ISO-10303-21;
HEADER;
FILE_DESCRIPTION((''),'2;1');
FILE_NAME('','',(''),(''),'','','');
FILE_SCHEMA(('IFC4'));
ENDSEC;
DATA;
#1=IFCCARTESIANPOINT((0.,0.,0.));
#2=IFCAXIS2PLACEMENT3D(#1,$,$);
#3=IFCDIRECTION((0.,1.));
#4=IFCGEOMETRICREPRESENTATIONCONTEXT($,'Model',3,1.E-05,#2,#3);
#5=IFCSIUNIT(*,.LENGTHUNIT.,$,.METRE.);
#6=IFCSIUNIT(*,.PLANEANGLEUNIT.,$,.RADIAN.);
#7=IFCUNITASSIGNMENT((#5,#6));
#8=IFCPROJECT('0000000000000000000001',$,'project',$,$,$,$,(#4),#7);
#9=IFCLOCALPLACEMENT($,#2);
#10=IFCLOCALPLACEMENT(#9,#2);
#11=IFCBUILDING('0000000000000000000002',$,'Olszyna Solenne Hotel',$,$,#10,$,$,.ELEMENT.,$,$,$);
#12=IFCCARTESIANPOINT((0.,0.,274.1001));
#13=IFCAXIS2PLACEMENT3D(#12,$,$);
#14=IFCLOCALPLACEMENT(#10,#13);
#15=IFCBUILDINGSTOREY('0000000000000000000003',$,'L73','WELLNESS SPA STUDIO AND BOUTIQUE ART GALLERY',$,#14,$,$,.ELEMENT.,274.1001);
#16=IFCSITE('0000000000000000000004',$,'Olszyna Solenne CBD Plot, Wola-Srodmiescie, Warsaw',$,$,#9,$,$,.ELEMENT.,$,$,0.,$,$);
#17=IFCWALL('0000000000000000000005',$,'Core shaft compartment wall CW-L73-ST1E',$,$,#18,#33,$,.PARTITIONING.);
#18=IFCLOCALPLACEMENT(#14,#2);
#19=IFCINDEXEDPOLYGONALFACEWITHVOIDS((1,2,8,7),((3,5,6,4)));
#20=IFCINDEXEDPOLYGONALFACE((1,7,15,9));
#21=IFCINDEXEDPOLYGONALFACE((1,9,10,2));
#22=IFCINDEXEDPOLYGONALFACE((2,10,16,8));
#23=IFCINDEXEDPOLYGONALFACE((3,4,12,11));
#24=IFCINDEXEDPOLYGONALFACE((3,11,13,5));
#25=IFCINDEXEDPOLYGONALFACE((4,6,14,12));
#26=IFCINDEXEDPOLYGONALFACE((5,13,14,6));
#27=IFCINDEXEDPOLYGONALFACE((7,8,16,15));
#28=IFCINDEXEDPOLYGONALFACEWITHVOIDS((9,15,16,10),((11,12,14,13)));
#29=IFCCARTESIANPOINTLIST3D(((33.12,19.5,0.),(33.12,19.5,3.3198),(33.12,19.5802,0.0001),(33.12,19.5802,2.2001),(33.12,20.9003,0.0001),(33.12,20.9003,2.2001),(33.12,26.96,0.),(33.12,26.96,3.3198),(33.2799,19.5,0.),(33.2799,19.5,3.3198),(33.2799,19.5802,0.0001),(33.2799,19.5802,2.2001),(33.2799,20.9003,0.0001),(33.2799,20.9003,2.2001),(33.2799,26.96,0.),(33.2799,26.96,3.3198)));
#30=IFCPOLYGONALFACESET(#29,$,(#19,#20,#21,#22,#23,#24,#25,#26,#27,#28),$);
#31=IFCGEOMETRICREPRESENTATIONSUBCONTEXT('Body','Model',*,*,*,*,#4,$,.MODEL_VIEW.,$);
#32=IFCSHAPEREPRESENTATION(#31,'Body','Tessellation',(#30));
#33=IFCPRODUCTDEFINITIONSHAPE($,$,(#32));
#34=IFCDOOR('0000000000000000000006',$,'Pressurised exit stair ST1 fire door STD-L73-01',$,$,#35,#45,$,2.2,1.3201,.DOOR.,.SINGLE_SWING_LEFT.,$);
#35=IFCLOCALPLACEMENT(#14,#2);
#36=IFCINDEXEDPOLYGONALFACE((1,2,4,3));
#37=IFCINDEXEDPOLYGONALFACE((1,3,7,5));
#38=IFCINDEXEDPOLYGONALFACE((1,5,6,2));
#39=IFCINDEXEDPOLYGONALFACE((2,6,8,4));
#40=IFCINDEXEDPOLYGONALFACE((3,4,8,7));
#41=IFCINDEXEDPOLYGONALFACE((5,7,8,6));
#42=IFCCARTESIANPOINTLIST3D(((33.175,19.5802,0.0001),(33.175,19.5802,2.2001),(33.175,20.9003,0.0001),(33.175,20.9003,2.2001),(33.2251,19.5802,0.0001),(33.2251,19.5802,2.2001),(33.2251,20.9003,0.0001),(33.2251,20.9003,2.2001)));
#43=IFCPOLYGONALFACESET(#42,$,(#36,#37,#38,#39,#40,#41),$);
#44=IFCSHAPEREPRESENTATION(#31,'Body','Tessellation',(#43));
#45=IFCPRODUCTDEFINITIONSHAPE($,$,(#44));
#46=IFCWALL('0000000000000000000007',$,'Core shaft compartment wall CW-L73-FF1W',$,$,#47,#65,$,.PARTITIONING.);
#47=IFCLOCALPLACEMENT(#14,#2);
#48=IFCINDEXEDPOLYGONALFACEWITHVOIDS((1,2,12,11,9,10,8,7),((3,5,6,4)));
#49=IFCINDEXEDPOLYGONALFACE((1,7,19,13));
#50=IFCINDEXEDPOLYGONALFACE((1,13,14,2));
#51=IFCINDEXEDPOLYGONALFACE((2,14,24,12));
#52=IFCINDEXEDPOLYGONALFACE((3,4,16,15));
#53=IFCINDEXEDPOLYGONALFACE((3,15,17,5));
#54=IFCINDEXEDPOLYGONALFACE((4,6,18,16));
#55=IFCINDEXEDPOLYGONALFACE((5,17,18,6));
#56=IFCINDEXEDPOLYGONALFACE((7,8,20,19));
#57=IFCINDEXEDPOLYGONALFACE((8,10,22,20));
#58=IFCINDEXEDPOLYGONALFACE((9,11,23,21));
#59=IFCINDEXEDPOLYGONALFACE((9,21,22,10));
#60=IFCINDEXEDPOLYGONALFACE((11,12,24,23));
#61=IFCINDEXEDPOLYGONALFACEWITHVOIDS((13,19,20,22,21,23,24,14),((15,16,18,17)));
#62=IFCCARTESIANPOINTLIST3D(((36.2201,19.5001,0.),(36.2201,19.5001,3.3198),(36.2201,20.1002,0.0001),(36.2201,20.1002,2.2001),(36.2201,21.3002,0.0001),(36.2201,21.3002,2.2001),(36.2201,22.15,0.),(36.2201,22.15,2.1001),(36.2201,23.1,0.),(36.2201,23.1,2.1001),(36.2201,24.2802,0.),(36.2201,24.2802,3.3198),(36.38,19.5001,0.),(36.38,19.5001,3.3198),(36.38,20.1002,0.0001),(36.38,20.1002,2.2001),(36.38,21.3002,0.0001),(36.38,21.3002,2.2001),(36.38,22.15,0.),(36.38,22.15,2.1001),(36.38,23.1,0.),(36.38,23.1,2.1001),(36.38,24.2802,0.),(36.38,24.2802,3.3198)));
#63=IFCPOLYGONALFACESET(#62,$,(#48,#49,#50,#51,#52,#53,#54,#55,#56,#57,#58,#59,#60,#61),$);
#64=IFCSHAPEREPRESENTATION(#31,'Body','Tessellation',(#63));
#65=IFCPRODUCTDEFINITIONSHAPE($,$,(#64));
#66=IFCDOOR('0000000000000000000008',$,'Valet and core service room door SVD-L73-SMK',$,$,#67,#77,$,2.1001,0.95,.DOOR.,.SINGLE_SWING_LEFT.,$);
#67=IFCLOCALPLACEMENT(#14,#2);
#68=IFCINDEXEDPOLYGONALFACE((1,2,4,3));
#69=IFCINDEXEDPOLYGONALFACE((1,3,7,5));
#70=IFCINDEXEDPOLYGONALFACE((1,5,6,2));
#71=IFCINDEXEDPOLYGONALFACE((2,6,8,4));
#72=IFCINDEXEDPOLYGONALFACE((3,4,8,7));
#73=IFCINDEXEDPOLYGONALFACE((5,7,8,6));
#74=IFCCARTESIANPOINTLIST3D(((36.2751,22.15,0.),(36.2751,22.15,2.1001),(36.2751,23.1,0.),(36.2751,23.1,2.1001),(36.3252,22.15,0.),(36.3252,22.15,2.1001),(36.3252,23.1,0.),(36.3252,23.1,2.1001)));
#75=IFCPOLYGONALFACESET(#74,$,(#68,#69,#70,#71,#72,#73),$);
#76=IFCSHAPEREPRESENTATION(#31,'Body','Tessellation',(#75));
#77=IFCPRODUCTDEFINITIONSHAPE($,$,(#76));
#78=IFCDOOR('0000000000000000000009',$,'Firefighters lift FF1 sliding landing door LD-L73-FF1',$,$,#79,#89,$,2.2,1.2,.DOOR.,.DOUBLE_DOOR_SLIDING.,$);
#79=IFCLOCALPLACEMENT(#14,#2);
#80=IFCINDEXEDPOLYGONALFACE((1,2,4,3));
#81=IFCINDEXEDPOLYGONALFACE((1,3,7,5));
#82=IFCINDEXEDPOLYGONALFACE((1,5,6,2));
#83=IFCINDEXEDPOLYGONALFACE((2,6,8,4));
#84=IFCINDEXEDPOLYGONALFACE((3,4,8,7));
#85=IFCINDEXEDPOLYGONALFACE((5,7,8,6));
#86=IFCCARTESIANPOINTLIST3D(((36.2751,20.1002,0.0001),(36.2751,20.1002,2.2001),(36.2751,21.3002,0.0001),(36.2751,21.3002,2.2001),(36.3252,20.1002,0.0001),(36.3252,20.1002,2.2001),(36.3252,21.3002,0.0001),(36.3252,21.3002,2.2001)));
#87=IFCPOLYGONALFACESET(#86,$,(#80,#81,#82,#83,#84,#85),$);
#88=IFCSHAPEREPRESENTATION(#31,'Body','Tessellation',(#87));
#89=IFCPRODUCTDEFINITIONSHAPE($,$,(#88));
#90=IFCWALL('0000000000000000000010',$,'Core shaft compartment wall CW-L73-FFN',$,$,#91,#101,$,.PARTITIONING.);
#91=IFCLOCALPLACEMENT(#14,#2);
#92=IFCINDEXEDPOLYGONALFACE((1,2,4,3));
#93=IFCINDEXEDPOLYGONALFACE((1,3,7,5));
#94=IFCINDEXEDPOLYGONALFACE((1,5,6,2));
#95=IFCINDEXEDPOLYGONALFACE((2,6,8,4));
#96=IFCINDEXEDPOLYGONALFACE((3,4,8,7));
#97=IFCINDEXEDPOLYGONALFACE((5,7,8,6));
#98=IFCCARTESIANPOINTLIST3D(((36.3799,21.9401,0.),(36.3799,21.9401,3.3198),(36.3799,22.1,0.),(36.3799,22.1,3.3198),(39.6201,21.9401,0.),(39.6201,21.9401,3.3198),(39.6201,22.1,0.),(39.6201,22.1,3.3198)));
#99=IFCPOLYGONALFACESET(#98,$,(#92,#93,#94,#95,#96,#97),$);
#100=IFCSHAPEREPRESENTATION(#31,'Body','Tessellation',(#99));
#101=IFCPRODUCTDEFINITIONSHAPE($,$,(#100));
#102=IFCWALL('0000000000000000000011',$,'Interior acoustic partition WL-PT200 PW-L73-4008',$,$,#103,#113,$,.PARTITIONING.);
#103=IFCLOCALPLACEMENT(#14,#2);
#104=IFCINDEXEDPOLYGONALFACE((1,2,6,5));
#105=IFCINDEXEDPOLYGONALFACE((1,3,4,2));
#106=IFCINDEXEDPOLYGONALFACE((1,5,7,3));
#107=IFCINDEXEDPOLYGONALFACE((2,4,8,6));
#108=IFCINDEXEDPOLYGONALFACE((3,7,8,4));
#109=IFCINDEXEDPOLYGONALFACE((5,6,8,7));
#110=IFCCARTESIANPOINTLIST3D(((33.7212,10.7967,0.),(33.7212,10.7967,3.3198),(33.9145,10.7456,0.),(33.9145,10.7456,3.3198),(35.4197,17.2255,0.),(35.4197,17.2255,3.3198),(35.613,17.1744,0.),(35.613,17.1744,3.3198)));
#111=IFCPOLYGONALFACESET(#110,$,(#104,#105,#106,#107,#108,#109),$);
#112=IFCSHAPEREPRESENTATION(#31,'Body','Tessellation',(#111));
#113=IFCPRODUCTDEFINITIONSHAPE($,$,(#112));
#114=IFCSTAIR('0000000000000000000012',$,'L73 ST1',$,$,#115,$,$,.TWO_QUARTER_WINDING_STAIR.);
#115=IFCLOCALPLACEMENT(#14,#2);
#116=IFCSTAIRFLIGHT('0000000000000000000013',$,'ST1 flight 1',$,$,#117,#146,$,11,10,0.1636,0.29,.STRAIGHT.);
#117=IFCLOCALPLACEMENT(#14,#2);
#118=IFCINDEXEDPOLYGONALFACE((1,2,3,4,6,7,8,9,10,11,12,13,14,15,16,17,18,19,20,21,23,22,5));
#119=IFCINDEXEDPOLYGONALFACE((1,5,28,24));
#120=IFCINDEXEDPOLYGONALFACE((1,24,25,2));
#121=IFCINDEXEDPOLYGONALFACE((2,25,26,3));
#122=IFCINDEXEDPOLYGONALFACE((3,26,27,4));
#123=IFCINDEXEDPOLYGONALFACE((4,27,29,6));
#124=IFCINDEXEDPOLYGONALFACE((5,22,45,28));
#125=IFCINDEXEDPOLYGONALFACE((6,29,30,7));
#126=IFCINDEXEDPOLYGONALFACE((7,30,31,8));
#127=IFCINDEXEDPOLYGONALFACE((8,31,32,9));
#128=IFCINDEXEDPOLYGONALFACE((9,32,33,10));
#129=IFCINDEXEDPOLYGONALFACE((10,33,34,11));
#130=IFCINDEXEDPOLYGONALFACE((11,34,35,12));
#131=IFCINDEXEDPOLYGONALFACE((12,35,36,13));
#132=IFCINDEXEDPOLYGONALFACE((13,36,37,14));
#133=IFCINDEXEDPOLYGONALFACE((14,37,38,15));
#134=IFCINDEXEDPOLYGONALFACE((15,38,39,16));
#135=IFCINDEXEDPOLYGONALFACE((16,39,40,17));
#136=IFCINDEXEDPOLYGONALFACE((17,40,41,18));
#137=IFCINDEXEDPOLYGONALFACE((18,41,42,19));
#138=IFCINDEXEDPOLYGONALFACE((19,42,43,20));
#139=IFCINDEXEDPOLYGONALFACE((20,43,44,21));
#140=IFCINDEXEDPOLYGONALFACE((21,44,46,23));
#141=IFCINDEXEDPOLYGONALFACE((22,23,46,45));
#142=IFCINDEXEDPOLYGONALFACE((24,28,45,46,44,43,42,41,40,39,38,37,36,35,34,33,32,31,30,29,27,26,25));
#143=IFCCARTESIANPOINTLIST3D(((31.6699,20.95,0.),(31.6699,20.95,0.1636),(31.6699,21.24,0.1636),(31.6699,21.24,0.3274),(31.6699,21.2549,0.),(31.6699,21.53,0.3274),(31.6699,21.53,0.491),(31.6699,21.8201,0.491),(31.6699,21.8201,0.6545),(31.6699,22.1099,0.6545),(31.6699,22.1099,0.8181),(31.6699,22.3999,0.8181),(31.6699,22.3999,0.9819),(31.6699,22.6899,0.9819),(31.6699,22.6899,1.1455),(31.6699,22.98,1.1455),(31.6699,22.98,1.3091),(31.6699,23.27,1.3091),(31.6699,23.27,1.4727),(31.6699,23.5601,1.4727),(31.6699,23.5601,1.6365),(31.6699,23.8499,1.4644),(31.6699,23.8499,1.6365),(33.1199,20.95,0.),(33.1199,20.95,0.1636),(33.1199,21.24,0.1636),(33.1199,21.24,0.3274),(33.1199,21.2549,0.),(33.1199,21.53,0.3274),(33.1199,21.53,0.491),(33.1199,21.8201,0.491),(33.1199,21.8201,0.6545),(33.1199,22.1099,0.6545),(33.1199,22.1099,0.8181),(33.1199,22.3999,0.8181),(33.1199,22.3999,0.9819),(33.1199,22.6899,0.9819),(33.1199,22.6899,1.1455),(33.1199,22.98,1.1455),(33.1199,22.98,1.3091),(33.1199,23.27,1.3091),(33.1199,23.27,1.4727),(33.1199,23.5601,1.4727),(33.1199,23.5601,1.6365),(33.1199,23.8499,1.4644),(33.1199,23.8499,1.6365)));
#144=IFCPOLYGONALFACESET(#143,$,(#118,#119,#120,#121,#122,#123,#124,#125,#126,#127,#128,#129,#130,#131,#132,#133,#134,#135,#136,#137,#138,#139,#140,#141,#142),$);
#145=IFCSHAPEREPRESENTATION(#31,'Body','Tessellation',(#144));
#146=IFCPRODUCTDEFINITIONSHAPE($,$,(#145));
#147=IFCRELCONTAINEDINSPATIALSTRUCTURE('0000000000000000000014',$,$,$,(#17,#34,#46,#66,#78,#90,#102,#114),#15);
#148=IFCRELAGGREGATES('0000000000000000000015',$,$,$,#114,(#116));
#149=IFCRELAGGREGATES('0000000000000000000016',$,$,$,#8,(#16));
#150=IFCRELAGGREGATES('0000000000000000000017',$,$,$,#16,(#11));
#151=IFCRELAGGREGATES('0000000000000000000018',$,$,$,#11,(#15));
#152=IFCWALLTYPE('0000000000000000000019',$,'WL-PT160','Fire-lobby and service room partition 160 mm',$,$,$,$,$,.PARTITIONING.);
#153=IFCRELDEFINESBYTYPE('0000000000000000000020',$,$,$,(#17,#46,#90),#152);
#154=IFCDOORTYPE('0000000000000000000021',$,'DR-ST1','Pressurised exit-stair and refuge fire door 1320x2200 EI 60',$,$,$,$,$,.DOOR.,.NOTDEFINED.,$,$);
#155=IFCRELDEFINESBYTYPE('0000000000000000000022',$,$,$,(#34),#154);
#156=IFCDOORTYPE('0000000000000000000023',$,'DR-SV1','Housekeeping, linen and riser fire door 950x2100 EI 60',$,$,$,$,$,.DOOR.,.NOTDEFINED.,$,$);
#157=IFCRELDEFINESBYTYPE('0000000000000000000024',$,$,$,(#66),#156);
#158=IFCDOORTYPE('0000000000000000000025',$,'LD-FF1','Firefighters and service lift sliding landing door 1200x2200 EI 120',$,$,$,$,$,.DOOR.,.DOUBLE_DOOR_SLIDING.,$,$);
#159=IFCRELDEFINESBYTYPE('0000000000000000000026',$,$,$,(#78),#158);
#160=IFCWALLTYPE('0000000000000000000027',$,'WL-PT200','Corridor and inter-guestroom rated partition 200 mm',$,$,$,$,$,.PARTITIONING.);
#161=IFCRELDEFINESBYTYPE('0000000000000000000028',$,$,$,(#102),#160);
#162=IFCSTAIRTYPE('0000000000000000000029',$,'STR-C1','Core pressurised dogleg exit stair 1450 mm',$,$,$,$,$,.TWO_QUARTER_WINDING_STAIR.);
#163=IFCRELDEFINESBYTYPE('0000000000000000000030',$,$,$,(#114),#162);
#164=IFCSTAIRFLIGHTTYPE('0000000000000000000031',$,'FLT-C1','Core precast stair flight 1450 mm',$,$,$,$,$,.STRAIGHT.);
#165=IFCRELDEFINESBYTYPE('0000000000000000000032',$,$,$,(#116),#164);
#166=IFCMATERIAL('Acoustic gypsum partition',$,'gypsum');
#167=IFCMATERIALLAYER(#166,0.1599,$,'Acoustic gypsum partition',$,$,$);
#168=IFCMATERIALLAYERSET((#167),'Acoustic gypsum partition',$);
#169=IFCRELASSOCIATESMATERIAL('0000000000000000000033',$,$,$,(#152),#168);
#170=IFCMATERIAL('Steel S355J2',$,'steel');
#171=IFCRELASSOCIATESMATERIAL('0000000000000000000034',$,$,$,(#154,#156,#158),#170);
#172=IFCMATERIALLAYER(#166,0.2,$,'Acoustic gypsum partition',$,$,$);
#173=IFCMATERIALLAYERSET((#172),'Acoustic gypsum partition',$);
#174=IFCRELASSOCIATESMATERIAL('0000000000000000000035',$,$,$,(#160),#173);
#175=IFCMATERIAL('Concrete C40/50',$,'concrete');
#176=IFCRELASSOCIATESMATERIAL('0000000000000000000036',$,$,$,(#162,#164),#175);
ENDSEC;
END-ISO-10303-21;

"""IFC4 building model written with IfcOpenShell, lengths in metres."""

from ifc_helpers import new_model, si_unit, direction, frame, frame_2d, origin, place, context, subcontext, project, spatial, polyline, rectangle, outline, extrude, source, transform, mapped, material, layer, layer_set, type_object, type_shapes, element, fill, aggregate, save


model = new_model("IFC4")

# Units and contexts
model_context = context("Model", 3, precision=1e-05, world=origin(), true_north=direction((0.0, 1.0)))
body_context = subcontext(model_context, "Body", "Model", "MODEL_VIEW")
ifc_project = project(units=[si_unit("LENGTHUNIT", "METRE"), si_unit("PLANEANGLEUNIT", "RADIAN")], contexts=[model_context])

# Site, building, storey
site_placement = place(None, origin())
site = spatial("IfcSite", under=ifc_project, at=site_placement, Name="Olszyna Solenne CBD Plot, Wola-Srodmiescie, Warsaw", CompositionType="ELEMENT", RefElevation=0.0)
building_placement = place(site_placement, origin())
building = spatial("IfcBuilding", under=site, at=building_placement, Name="Olszyna Solenne Hotel", CompositionType="ELEMENT")
storey_placement = place(building_placement, frame((0.0, 0.0, 274.1001)))
storey = spatial("IfcBuildingStorey", under=building, at=storey_placement, Name="L73", Description="WELLNESS SPA STUDIO AND BOUTIQUE ART GALLERY", CompositionType="ELEMENT", Elevation=274.1001)

# Shared definitions
ifc_material_1 = material(Name="Steel S355J2", Category="steel")

# Shared definitions
ifc_material_2 = material(Name="Acoustic gypsum partition", Category="gypsum")

# Wall, opening, door
ifc_layer_1 = layer(ifc_material_2, 0.1599, Name="Acoustic gypsum partition")
ifc_layer_set_1 = layer_set([ifc_layer_1], Name="Acoustic gypsum partition")
wall_type_1 = type_object("IfcWallType", Name="WL-PT160", Description="Fire-lobby and service room partition 160 mm", PredefinedType="PARTITIONING", material=ifc_layer_set_1)
wall_1_placement = place(storey_placement, frame((33.2, 19.5, 0.0), z_axis=(0.0, 0.0, 1.0), x_axis=(0.0, 1.0, 0.0)))
wall_1 = element("IfcWall", 1, at=wall_1_placement, inside=storey, type_object=wall_type_1, Name="Core shaft compartment wall CW-L73-ST1E", PredefinedType="PARTITIONING", context=body_context, shape_type="SweptSolid", body=[
    extrude(rectangle(XDim=7.46, YDim=0.1599, at=frame_2d((3.73, 0.0))), origin(), (0.0, 0.0, 1.0), 3.3198),
])
opening_1_placement = place(wall_1_placement, frame((0.0801, 0.0, 0.0)))
opening_1 = element("IfcOpeningElement", 2, at=opening_1_placement, cuts=wall_1, PredefinedType="OPENING", context=body_context, shape_type="SweptSolid", body=[
    extrude(rectangle(XDim=1.3201, YDim=2.2, at=frame_2d((0.6602, 1.1001))), frame((0.0, 0.0898, 0.0), z_axis=(0.0, -1.0, 0.0), x_axis=(1.0, 0.0, 0.0)), (0.0, 0.0, 1.0), 0.1799),
])
door_type_1 = type_object("IfcDoorType", Name="DR-ST1", Description="Pressurised exit-stair and refuge fire door 1320x2200 EI 60", OperationType="NOTDEFINED", PredefinedType="DOOR", material=ifc_material_1)
shared_shape_1 = source(origin(), body_context, "Body", "SweptSolid", [
    extrude(rectangle(XDim=1.3201, YDim=2.2, at=frame_2d((0.6602, 1.1001))), frame((0.0, 0.0249, 0.0), z_axis=(0.0, -1.0, 0.0), x_axis=(1.0, 0.0, 0.0)), (0.0, 0.0, 1.0), 0.05),
])
type_shapes(door_type_1, [shared_shape_1])
door_1_placement = place(opening_1_placement, origin())
door_1 = element("IfcDoor", 3, at=door_1_placement, inside=storey, type_object=door_type_1, Name="Pressurised exit stair ST1 fire door STD-L73-01", OperationType="SINGLE_SWING_LEFT", OverallHeight=2.2, OverallWidth=1.3201, PredefinedType="DOOR", context=body_context, shape_type="MappedRepresentation", body=[
    mapped(shared_shape_1, transform((0.0, 0.0, 0.0), x_axis=(1.0, 0.0, 0.0), y_axis=(0.0, 1.0, 0.0), z_axis=(0.0, 0.0, 1.0), scale=1.0)),
])
fill(opening_1, door_1)

# Wall, openings, doors
wall_2_placement = place(storey_placement, frame((36.3, 19.5, 0.0), z_axis=(0.0, 0.0, 1.0), x_axis=(0.0, 1.0, 0.0)))
wall_2 = element("IfcWall", 4, at=wall_2_placement, inside=storey, type_object=wall_type_1, Name="Core shaft compartment wall CW-L73-FF1W", PredefinedType="PARTITIONING", context=body_context, shape_type="SweptSolid", body=[
    extrude(rectangle(XDim=4.78, YDim=0.1599, at=frame_2d((2.3901, 0.0))), origin(), (0.0, 0.0, 1.0), 3.3198),
])
opening_2_placement = place(wall_2_placement, frame((0.6001, 0.0, 0.0)))
opening_2 = element("IfcOpeningElement", 5, at=opening_2_placement, cuts=wall_2, PredefinedType="OPENING", context=body_context, shape_type="SweptSolid", body=[
    extrude(rectangle(XDim=1.2, YDim=2.2, at=frame_2d((0.6001, 1.1001))), frame((0.0, 0.0898, 0.0), z_axis=(0.0, -1.0, 0.0), x_axis=(1.0, 0.0, 0.0)), (0.0, 0.0, 1.0), 0.1799),
])
opening_3_placement = place(wall_2_placement, frame((2.6499, 0.0, 0.0)))
opening_3 = element("IfcOpeningElement", 6, at=opening_3_placement, cuts=wall_2, PredefinedType="OPENING", context=body_context, shape_type="SweptSolid", body=[
    extrude(rectangle(XDim=0.95, YDim=2.1001, at=frame_2d((0.4751, 1.05))), frame((0.0, 0.0898, 0.0), z_axis=(0.0, -1.0, 0.0), x_axis=(1.0, 0.0, 0.0)), (0.0, 0.0, 1.0), 0.1799),
])
door_type_2 = type_object("IfcDoorType", Name="DR-SV1", Description="Housekeeping, linen and riser fire door 950x2100 EI 60", OperationType="NOTDEFINED", PredefinedType="DOOR", material=ifc_material_1)
shared_shape_2 = source(origin(), body_context, "Body", "SweptSolid", [
    extrude(rectangle(XDim=0.95, YDim=2.1001, at=frame_2d((0.4751, 1.05))), frame((0.0, 0.0249, 0.0), z_axis=(0.0, -1.0, 0.0), x_axis=(1.0, 0.0, 0.0)), (0.0, 0.0, 1.0), 0.05),
])
type_shapes(door_type_2, [shared_shape_2])
door_2_placement = place(opening_3_placement, origin())
door_2 = element("IfcDoor", 7, at=door_2_placement, inside=storey, type_object=door_type_2, Name="Valet and core service room door SVD-L73-SMK", OperationType="SINGLE_SWING_LEFT", OverallHeight=2.1001, OverallWidth=0.95, PredefinedType="DOOR", context=body_context, shape_type="MappedRepresentation", body=[
    mapped(shared_shape_2, transform((0.0, 0.0, 0.0), x_axis=(1.0, 0.0, 0.0), y_axis=(0.0, 1.0, 0.0), z_axis=(0.0, 0.0, 1.0), scale=1.0)),
])
fill(opening_3, door_2)
door_type_3 = type_object("IfcDoorType", Name="LD-FF1", Description="Firefighters and service lift sliding landing door 1200x2200 EI 120", OperationType="DOUBLE_DOOR_SLIDING", PredefinedType="DOOR", material=ifc_material_1)
shared_shape_3 = source(origin(), body_context, "Body", "SweptSolid", [
    extrude(rectangle(XDim=1.2, YDim=2.2, at=frame_2d((0.6001, 1.1001))), frame((0.0, 0.0249, 0.0), z_axis=(0.0, -1.0, 0.0), x_axis=(1.0, 0.0, 0.0)), (0.0, 0.0, 1.0), 0.05),
])
type_shapes(door_type_3, [shared_shape_3])
door_3_placement = place(opening_2_placement, origin())
door_3 = element("IfcDoor", 8, at=door_3_placement, inside=storey, type_object=door_type_3, Name="Firefighters lift FF1 sliding landing door LD-L73-FF1", OperationType="DOUBLE_DOOR_SLIDING", OverallHeight=2.2, OverallWidth=1.2, PredefinedType="DOOR", context=body_context, shape_type="MappedRepresentation", body=[
    mapped(shared_shape_3, transform((0.0, 0.0, 0.0), x_axis=(1.0, 0.0, 0.0), y_axis=(0.0, 1.0, 0.0), z_axis=(0.0, 0.0, 1.0), scale=1.0)),
])
fill(opening_2, door_3)

# Walls
wall_3_placement = place(storey_placement, frame((36.3799, 22.02, 0.0), z_axis=(0.0, 0.0, 1.0), x_axis=(1.0, 0.0, 0.0)))
element("IfcWall", 9, at=wall_3_placement, inside=storey, type_object=wall_type_1, Name="Core shaft compartment wall CW-L73-FFN", PredefinedType="PARTITIONING", context=body_context, shape_type="SweptSolid", body=[
    extrude(rectangle(XDim=3.2402, YDim=0.1599, at=frame_2d((1.6201, 0.0))), origin(), (0.0, 0.0, 1.0), 3.3198),
])
ifc_layer_2 = layer(ifc_material_2, 0.2, Name="Acoustic gypsum partition")
ifc_layer_set_2 = layer_set([ifc_layer_2], Name="Acoustic gypsum partition")
wall_type_2 = type_object("IfcWallType", Name="WL-PT200", Description="Corridor and inter-guestroom rated partition 200 mm", PredefinedType="PARTITIONING", material=ifc_layer_set_2)
wall_4_placement = place(storey_placement, frame((35.5164, 17.2, 0.0), z_axis=(0.0, 0.0, 1.0), x_axis=(-0.255438, -0.966825, 0.0)))
element("IfcWall", 10, at=wall_4_placement, inside=storey, type_object=wall_type_2, Name="Interior acoustic partition WL-PT200 PW-L73-4008", PredefinedType="PARTITIONING", context=body_context, shape_type="SweptSolid", body=[
    extrude(rectangle(XDim=6.6494, YDim=0.2, at=frame_2d((3.3247, 0.0))), origin(), (0.0, 0.0, 1.0), 3.3198),
])

# Stair, stair flight
ifc_material_3 = material(Name="Concrete C40/50", Category="concrete")
stair_type = type_object("IfcStairType", Name="STR-C1", Description="Core pressurised dogleg exit stair 1450 mm", PredefinedType="TWO_QUARTER_WINDING_STAIR", material=ifc_material_3)
stair_placement = place(storey_placement, origin())
stair = element("IfcStair", 11, at=stair_placement, inside=storey, type_object=stair_type, Name="L73 ST1", PredefinedType="TWO_QUARTER_WINDING_STAIR")
stair_flight_type = type_object("IfcStairFlightType", Name="FLT-C1", Description="Core precast stair flight 1450 mm", PredefinedType="STRAIGHT", material=ifc_material_3)
stair_flight_placement = place(storey_placement, frame((32.395, 20.95, 0.0), z_axis=(0.0, 0.0, 1.0), x_axis=(0.0, 1.0, 0.0)))
stair_flight = element("IfcStairFlight", 12, at=stair_flight_placement, type_object=stair_flight_type, Name="ST1 flight 1", NumberOfRisers=11, NumberOfTreads=10, PredefinedType="STRAIGHT", RiserHeight=0.1636, TreadLength=0.29, context=body_context, shape_type="SweptSolid", body=[
    extrude(outline(polyline([(0.0, 0.0), (0.0, 0.1636), (0.29, 0.1636), (0.29, 0.3274), (0.5801, 0.3274), (0.5801, 0.491), (0.8701, 0.491), (0.8701, 0.6545), (1.1599, 0.6545), (1.1599, 0.8181), (1.45, 0.8181), (1.45, 0.9819), (1.74, 0.9819), (1.74, 1.1455), (2.03, 1.1455), (2.03, 1.3091), (2.3201, 1.3091), (2.3201, 1.4727), (2.6101, 1.4727), (2.6101, 1.6365), (2.8999, 1.6365), (2.8999, 1.8), (2.8999, 1.4644), (0.3049, 0.0), (0.0, 0.0)])), frame((0.0, 0.7251, 0.0), z_axis=(0.0, -1.0, 0.0), x_axis=(1.0, 0.0, 0.0)), (0.0, 0.0, 1.0), 1.45),
])
aggregate(stair, [stair_flight])

save(model, "model.ifc")
